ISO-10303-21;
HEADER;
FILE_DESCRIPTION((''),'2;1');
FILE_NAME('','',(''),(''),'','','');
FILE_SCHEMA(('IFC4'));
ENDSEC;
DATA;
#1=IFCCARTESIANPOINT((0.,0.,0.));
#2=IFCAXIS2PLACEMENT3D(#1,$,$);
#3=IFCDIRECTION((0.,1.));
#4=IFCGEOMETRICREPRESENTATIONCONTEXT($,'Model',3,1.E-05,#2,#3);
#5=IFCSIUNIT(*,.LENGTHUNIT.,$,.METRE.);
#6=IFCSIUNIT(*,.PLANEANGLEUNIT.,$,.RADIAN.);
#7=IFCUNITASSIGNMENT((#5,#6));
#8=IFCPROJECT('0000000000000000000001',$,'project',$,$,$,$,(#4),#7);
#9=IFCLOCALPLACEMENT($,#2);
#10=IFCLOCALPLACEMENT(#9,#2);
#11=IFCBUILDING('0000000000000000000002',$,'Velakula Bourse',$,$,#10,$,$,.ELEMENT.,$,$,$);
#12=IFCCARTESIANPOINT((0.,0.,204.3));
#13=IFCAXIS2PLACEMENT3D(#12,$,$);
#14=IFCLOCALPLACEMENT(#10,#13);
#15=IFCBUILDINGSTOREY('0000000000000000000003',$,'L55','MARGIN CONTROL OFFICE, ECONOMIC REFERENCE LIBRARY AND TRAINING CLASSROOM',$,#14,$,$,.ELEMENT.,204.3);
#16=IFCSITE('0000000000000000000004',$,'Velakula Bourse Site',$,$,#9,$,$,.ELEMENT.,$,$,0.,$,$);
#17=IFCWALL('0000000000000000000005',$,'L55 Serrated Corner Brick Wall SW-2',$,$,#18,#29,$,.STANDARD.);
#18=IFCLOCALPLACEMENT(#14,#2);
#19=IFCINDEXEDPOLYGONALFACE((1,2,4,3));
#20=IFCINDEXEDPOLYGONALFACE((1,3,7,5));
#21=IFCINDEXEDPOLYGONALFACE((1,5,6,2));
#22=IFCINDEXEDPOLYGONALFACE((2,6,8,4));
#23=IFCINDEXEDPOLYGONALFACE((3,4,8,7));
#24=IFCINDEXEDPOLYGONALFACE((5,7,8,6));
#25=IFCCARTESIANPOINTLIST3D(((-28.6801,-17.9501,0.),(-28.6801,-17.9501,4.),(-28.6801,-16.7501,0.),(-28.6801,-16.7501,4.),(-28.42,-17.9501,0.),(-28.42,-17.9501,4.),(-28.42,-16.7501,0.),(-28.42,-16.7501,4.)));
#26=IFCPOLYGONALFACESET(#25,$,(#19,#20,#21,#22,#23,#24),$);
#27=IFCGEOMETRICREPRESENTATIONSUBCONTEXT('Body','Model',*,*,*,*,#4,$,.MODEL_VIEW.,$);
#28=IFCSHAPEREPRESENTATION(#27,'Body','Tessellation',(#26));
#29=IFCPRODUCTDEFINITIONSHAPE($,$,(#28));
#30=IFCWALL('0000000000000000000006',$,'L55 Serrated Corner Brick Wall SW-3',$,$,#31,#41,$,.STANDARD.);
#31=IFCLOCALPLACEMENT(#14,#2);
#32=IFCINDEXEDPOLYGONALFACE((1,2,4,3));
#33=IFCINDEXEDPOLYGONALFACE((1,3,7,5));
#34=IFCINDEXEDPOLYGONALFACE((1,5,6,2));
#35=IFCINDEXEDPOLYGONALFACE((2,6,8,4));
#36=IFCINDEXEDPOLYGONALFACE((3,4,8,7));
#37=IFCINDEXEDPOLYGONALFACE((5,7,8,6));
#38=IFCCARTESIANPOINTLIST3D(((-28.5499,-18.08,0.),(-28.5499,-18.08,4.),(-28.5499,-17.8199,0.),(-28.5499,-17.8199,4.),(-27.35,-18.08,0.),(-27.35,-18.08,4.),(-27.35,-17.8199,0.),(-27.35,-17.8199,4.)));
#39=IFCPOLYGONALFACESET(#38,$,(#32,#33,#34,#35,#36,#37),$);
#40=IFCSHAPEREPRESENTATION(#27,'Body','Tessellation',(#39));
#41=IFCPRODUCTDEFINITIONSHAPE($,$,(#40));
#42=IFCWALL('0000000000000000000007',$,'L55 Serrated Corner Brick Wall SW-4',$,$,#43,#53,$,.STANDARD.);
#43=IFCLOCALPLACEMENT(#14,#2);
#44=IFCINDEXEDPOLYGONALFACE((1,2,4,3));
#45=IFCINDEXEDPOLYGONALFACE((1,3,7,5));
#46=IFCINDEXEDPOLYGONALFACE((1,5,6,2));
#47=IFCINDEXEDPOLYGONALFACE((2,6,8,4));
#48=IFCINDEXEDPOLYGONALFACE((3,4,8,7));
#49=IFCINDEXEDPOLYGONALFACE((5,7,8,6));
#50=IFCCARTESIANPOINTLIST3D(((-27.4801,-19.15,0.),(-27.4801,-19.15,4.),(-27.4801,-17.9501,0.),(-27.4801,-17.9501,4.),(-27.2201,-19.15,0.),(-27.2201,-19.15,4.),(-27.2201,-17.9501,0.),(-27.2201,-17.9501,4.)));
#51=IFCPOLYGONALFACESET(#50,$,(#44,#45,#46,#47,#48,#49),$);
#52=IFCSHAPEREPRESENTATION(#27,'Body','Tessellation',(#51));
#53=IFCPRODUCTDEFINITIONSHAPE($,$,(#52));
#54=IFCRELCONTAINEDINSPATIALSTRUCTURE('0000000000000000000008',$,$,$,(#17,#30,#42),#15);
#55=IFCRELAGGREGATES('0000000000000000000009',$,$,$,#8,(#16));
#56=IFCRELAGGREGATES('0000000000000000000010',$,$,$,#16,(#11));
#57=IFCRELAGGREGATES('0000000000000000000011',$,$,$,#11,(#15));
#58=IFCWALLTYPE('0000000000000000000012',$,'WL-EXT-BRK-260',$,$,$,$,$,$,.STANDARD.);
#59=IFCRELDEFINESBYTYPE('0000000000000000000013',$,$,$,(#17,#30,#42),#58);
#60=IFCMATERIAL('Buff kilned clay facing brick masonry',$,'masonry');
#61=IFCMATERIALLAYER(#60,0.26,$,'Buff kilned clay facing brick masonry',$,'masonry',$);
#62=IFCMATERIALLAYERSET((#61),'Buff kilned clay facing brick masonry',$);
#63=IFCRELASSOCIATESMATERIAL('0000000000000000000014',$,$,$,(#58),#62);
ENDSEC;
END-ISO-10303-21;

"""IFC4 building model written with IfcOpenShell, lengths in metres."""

from ifc_helpers import new_model, si_unit, direction, frame, frame_2d, origin, place, context, subcontext, project, spatial, rectangle, extrude, material, layer, layer_set, type_object, element, save


model = new_model("IFC4")

# Units and contexts
model_context = context("Model", 3, precision=1e-05, world=origin(), true_north=direction((0.0, 1.0)))
body_context = subcontext(model_context, "Body", "Model", "MODEL_VIEW")
ifc_project = project(units=[si_unit("LENGTHUNIT", "METRE"), si_unit("PLANEANGLEUNIT", "RADIAN")], contexts=[model_context])

# Site, building, storey
site_placement = place(None, origin())
site = spatial("IfcSite", under=ifc_project, at=site_placement, Name="Velakula Bourse Site", CompositionType="ELEMENT", RefElevation=0.0)
building_placement = place(site_placement, origin())
building = spatial("IfcBuilding", under=site, at=building_placement, Name="Velakula Bourse", CompositionType="ELEMENT")
storey_placement = place(building_placement, frame((0.0, 0.0, 204.3)))
storey = spatial("IfcBuildingStorey", under=building, at=storey_placement, Name="L55", Description="MARGIN CONTROL OFFICE, ECONOMIC REFERENCE LIBRARY AND TRAINING CLASSROOM", CompositionType="ELEMENT", Elevation=204.3)

# Shared definitions
ifc_material_1 = material(Name="Buff kilned clay facing brick masonry", Category="masonry")
ifc_layer_1 = layer(ifc_material_1, 0.26, Name="Buff kilned clay facing brick masonry", Category="masonry")
ifc_layer_set_1 = layer_set([ifc_layer_1], Name="Buff kilned clay facing brick masonry")
wall_type = type_object("IfcWallType", Name="WL-EXT-BRK-260", PredefinedType="STANDARD", material=ifc_layer_set_1)

# Walls
for number, where, z_axis, x_axis, name in (
    (1, (-28.55, -16.75, 0.0), (0.0, 0.0, 1.0), (0.0, -1.0, 0.0), "L55 Serrated Corner Brick Wall SW-2"),
    (2, (-28.55, -17.95, 0.0), (0.0, 0.0, 1.0), (1.0, 0.0, 0.0), "L55 Serrated Corner Brick Wall SW-3"),
    (3, (-27.3501, -17.95, 0.0), (0.0, 0.0, 1.0), (0.0, -1.0, 0.0), "L55 Serrated Corner Brick Wall SW-4"),
):
    element("IfcWall", number, at=place(storey_placement, frame(where, z_axis=z_axis, x_axis=x_axis)), inside=storey, type_object=wall_type, Name=name, PredefinedType="STANDARD", context=body_context, shape_type="SweptSolid", body=[
        extrude(rectangle(XDim=1.2, YDim=0.26, at=frame_2d((0.6001, 0.0))), origin(), (0.0, 0.0, 1.0), 4.0),
    ])

save(model, "model.ifc")
